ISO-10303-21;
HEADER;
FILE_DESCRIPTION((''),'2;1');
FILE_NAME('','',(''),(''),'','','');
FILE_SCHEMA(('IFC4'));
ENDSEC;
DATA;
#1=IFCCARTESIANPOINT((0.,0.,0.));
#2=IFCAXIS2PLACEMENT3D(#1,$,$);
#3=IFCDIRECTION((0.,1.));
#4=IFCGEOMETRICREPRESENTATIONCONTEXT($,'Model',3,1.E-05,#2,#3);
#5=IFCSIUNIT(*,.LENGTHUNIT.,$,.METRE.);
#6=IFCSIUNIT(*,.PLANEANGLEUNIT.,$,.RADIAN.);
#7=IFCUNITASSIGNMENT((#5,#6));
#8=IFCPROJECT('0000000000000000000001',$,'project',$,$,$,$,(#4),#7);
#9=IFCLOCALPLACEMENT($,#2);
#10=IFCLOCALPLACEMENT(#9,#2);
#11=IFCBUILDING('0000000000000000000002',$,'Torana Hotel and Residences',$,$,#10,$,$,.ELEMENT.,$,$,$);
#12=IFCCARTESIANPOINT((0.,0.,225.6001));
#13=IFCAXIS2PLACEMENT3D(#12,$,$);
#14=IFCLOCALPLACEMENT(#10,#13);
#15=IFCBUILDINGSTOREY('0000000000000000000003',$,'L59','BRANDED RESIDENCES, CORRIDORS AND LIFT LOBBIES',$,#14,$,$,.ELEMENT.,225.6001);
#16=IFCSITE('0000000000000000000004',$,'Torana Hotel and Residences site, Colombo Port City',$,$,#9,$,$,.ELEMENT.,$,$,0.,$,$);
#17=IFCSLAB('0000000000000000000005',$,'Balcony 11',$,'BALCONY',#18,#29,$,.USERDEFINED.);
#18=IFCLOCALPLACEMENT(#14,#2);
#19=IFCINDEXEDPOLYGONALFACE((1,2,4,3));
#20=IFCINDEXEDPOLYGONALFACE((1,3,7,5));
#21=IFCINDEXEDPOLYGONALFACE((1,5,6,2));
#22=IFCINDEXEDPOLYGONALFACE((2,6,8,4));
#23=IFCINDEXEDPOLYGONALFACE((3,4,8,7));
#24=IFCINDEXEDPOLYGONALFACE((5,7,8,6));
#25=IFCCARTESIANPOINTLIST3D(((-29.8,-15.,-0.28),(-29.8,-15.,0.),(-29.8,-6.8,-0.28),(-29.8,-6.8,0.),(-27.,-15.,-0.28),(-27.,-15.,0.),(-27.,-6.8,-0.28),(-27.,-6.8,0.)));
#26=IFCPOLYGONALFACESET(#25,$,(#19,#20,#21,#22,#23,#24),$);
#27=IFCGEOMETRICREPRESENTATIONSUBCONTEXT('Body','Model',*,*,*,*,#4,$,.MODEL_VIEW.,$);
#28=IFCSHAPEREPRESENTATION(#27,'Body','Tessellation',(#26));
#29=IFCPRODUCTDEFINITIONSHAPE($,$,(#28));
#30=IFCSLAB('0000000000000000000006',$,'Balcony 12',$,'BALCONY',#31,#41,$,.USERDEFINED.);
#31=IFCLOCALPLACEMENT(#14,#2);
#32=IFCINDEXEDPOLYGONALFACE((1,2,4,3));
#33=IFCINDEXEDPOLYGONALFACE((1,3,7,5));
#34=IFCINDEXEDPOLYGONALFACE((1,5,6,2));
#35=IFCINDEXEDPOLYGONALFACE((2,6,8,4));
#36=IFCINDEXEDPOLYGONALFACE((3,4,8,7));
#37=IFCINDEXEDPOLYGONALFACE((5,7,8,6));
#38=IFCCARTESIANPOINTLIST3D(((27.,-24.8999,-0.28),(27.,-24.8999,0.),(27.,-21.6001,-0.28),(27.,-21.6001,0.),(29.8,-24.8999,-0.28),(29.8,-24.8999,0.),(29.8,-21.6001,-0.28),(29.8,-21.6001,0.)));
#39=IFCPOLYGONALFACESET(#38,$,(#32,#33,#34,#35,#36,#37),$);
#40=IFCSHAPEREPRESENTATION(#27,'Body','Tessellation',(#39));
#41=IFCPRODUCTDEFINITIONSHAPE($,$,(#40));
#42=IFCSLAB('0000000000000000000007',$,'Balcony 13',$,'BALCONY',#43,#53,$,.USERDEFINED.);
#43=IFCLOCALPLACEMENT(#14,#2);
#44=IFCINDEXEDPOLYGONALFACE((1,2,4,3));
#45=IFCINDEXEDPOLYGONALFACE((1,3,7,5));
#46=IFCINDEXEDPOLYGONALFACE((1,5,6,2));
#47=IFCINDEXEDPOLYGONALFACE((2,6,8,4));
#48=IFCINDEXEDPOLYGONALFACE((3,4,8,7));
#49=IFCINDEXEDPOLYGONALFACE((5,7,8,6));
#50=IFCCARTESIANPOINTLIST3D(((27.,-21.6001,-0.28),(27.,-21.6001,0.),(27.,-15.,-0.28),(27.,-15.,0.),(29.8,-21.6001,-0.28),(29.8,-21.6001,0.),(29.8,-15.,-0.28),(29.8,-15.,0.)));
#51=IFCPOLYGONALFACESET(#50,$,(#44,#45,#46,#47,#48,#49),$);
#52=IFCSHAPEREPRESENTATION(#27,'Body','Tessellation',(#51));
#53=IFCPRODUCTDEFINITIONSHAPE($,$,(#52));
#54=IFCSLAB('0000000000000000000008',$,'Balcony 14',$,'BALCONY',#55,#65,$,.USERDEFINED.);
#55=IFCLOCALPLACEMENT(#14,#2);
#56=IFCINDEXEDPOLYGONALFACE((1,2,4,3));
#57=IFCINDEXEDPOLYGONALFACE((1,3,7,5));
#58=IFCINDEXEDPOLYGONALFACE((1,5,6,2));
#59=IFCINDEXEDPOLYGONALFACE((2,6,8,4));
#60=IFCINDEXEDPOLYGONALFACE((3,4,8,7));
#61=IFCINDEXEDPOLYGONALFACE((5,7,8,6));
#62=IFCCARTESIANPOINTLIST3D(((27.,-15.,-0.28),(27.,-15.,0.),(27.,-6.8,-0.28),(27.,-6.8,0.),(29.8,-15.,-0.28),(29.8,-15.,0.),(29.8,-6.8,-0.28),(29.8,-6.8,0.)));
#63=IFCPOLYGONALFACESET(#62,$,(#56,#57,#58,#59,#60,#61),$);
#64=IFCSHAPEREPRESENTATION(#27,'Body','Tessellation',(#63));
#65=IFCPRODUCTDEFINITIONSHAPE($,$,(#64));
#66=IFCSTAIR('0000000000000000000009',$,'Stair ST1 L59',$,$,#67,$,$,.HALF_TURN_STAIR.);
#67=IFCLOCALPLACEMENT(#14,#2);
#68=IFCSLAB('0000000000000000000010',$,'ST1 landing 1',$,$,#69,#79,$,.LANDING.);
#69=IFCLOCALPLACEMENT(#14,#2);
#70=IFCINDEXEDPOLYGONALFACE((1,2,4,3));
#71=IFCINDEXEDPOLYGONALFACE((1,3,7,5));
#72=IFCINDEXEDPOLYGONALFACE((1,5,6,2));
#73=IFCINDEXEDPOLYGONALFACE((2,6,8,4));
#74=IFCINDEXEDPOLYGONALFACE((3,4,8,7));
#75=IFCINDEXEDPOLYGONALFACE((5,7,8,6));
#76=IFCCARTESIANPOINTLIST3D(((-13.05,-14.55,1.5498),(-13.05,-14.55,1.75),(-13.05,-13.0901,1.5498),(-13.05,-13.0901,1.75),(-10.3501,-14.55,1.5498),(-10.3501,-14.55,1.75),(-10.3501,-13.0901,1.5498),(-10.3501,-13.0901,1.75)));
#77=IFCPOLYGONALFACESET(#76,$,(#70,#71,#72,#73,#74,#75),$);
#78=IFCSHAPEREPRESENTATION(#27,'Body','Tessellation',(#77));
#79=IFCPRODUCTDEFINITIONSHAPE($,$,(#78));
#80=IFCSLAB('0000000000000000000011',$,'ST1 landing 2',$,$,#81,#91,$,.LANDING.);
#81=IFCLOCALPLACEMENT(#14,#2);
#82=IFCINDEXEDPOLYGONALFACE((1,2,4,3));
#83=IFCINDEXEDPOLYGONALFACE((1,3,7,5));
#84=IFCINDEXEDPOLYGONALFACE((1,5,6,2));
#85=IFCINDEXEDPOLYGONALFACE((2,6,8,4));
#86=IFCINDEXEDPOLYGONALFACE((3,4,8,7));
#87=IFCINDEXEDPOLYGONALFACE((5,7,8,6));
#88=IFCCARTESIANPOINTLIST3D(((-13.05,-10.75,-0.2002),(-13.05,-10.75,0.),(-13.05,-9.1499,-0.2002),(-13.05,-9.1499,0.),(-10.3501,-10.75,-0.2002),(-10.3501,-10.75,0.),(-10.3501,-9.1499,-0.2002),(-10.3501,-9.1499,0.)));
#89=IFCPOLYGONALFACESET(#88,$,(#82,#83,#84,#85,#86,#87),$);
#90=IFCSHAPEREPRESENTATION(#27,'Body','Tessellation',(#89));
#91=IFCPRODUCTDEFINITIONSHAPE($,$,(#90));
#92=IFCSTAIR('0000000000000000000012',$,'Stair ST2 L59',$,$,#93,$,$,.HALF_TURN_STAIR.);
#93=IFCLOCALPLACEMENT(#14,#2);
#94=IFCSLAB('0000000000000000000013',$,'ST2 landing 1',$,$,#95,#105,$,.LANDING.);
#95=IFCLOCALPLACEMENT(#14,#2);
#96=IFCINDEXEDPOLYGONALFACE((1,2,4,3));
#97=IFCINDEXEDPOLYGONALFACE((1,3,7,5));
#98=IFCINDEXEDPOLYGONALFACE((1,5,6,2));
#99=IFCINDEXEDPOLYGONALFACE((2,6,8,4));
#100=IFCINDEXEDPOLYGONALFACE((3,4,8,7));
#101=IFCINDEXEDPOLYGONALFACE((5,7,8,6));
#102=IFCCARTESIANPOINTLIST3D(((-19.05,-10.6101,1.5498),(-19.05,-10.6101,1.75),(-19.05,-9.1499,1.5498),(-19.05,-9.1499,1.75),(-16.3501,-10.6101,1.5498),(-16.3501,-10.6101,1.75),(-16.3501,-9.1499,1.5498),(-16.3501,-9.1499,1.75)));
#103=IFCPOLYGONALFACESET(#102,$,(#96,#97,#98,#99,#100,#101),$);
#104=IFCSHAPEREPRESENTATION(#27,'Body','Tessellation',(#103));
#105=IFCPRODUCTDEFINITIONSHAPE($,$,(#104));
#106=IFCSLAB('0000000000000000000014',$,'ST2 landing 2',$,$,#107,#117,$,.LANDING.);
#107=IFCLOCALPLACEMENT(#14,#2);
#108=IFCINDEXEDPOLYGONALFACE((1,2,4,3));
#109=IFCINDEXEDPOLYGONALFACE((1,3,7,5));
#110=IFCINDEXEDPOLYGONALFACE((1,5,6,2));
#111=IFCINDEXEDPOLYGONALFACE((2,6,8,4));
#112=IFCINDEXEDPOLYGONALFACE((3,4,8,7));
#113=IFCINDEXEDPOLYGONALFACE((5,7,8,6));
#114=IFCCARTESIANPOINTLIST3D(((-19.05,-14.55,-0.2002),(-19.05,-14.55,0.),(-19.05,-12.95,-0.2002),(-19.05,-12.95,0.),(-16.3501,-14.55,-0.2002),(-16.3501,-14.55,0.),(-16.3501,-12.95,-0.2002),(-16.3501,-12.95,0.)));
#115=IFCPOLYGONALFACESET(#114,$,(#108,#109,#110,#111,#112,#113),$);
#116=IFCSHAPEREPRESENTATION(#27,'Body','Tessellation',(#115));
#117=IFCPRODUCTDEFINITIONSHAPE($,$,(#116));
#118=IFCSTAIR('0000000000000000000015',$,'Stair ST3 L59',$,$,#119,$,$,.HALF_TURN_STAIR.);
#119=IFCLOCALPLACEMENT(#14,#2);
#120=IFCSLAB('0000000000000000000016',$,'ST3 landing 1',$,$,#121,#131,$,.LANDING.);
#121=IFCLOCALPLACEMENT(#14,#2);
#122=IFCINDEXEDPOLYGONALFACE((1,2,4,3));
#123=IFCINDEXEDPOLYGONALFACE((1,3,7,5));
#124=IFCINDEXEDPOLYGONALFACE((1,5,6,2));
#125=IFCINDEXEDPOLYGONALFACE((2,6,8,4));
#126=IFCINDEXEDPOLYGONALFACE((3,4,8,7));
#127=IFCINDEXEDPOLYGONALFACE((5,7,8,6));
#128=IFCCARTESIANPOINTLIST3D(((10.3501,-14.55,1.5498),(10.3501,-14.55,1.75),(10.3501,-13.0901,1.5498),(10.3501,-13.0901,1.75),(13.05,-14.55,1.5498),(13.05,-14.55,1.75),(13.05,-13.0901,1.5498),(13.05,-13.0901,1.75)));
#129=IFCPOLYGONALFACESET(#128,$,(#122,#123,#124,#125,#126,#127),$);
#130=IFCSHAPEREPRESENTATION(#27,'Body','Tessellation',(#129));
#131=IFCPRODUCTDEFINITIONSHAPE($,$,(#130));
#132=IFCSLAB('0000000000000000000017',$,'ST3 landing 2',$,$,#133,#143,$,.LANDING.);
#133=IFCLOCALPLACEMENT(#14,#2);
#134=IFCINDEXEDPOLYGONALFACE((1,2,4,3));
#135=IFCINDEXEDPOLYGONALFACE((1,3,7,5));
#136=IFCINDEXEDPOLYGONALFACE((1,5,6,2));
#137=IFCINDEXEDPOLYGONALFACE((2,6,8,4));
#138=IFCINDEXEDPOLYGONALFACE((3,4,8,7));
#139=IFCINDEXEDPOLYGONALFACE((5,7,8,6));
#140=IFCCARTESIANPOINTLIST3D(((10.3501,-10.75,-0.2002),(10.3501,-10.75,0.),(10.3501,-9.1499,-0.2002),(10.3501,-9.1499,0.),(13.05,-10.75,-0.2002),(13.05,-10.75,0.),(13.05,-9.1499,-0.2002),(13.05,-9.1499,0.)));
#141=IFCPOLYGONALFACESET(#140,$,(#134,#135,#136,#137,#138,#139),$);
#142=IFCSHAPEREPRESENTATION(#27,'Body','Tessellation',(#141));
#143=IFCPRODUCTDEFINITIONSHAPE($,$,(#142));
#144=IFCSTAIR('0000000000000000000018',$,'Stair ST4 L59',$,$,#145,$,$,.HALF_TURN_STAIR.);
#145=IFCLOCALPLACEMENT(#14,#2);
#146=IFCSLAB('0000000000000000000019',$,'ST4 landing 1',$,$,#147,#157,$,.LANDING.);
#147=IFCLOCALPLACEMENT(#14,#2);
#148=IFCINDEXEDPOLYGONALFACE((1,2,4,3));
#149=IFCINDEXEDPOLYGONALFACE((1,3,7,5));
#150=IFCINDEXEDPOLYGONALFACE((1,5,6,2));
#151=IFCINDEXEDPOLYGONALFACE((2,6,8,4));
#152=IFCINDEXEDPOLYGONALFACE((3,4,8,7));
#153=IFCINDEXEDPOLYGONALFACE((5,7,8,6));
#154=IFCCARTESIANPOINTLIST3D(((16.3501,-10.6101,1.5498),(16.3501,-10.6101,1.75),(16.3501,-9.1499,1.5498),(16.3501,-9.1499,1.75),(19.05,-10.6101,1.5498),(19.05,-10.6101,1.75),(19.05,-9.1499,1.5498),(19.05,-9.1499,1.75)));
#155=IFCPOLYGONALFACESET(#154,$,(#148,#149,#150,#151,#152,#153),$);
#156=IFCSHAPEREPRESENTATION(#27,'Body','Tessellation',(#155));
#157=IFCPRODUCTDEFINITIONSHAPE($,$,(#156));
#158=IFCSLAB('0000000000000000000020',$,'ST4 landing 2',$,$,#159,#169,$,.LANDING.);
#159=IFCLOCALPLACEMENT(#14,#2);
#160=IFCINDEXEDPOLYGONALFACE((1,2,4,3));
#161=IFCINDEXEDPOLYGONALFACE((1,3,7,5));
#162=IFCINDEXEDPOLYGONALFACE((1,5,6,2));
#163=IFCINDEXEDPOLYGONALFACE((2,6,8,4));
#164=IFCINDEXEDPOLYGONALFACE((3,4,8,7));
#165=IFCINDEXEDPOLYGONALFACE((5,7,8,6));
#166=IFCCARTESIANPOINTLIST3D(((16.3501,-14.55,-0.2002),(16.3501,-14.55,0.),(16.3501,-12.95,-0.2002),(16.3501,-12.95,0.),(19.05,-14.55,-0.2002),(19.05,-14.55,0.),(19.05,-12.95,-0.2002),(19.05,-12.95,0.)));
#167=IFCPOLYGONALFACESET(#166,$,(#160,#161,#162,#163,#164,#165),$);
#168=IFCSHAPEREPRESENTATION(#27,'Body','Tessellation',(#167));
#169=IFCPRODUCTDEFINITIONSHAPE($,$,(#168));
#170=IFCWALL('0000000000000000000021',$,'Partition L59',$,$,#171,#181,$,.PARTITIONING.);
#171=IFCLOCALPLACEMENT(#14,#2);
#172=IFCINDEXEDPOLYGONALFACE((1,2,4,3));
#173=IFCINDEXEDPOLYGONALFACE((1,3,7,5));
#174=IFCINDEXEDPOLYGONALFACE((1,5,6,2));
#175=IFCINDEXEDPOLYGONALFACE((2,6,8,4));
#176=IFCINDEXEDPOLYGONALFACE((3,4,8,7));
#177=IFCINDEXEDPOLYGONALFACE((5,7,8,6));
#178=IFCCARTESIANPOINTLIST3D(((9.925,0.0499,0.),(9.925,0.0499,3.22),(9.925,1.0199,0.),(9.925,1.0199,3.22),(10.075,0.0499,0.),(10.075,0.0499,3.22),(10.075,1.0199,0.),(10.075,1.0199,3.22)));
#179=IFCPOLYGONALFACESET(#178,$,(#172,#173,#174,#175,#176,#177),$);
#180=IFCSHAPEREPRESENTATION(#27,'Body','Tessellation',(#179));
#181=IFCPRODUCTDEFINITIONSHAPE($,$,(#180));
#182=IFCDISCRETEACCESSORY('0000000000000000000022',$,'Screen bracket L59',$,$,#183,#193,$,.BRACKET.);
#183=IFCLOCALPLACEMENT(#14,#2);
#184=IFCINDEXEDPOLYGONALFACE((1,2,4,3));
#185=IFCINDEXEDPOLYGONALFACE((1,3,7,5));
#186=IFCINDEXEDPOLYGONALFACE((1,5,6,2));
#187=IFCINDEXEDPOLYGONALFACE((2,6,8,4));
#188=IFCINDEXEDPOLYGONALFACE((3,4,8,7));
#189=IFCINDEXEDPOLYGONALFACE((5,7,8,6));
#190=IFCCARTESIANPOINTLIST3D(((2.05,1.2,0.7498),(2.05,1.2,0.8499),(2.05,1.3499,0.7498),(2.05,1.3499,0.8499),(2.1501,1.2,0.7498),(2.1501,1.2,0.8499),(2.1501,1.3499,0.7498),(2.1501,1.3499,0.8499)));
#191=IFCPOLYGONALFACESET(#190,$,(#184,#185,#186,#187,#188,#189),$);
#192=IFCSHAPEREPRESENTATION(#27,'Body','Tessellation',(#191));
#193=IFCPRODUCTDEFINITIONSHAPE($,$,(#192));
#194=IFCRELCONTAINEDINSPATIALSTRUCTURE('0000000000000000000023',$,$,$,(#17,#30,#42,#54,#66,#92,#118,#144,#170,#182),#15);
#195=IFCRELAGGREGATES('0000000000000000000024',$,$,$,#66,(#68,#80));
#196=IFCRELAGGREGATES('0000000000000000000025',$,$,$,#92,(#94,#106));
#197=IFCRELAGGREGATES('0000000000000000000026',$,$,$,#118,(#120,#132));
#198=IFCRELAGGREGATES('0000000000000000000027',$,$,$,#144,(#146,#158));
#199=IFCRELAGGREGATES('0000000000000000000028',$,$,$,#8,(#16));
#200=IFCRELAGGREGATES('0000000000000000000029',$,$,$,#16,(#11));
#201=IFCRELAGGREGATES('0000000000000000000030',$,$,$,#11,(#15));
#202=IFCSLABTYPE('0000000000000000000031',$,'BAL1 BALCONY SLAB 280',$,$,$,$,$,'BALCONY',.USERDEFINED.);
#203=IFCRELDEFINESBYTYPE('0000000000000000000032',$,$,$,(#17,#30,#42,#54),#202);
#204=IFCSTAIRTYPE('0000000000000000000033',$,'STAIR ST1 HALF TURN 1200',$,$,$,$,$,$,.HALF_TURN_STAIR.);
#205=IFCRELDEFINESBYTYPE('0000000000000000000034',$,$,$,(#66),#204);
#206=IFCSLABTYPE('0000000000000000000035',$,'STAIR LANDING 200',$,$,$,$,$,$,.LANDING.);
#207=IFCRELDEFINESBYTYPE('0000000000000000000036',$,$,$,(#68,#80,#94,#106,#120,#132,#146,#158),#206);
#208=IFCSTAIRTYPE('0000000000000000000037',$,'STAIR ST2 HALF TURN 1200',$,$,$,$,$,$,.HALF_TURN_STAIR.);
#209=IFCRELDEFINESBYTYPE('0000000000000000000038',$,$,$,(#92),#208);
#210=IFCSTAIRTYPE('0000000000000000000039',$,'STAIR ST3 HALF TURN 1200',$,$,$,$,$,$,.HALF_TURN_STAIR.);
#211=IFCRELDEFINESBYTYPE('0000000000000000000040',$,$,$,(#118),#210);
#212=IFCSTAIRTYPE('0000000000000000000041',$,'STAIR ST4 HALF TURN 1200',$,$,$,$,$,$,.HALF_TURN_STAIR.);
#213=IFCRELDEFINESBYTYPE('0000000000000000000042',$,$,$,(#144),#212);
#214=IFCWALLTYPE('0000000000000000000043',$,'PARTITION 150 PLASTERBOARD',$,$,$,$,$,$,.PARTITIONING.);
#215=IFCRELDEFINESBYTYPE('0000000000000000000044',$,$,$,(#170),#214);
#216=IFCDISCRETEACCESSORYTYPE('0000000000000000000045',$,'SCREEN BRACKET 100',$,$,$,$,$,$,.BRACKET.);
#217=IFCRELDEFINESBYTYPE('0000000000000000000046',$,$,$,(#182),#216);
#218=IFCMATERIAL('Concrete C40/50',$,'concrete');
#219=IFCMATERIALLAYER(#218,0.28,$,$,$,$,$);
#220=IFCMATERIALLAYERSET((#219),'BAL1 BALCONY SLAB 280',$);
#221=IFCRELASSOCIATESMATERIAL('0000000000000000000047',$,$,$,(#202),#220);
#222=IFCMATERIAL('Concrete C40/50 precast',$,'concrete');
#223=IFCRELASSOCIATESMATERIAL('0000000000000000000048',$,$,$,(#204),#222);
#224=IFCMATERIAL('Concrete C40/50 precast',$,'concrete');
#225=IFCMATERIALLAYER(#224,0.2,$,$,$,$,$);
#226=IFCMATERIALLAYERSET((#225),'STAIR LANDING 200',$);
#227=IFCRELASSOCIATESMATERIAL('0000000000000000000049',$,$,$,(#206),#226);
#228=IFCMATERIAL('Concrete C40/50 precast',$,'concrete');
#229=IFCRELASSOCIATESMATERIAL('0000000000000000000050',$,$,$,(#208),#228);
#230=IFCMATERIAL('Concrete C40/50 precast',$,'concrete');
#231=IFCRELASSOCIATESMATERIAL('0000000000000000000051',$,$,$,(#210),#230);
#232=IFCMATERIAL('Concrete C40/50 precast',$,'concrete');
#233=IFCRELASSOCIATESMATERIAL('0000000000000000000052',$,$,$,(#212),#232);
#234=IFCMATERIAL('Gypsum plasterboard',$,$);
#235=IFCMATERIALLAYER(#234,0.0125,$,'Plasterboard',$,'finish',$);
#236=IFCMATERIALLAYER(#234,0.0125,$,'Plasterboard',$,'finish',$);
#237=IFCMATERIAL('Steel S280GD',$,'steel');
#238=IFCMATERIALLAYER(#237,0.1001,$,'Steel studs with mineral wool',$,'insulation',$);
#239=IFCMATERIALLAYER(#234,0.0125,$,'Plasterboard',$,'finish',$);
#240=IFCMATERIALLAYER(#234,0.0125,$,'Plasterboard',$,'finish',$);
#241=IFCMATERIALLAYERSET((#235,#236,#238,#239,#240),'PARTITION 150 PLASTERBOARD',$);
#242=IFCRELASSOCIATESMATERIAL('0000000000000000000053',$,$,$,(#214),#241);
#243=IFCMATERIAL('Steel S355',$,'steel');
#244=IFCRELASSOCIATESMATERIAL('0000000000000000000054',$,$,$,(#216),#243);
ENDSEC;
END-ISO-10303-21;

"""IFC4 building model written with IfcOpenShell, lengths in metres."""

from ifc_helpers import new_model, si_unit, direction, frame, frame_2d, origin, origin_2d, place, context, subcontext, project, spatial, polyline, rectangle, outline, extrude, material, layer, layer_set, type_object, element, aggregate, save


model = new_model("IFC4")

# Units and contexts
model_context = context("Model", 3, precision=1e-05, world=origin(), true_north=direction((0.0, 1.0)))
body_context = subcontext(model_context, "Body", "Model", "MODEL_VIEW")
ifc_project = project(units=[si_unit("LENGTHUNIT", "METRE"), si_unit("PLANEANGLEUNIT", "RADIAN")], contexts=[model_context])

# Site, building, storey
site_placement = place(None, origin())
site = spatial("IfcSite", under=ifc_project, at=site_placement, Name="Torana Hotel and Residences site, Colombo Port City", CompositionType="ELEMENT", RefElevation=0.0)
building_placement = place(site_placement, origin())
building = spatial("IfcBuilding", under=site, at=building_placement, Name="Torana Hotel and Residences", CompositionType="ELEMENT")
storey_placement = place(building_placement, frame((0.0, 0.0, 225.6001)))
storey = spatial("IfcBuildingStorey", under=building, at=storey_placement, Name="L59", Description="BRANDED RESIDENCES, CORRIDORS AND LIFT LOBBIES", CompositionType="ELEMENT", Elevation=225.6001)

# Slabs
ifc_material_1 = material(Name="Concrete C40/50", Category="concrete")
ifc_layer_1 = layer(ifc_material_1, 0.28)
ifc_layer_set_1 = layer_set([ifc_layer_1], Name="BAL1 BALCONY SLAB 280")
slab_type_1 = type_object("IfcSlabType", Name="BAL1 BALCONY SLAB 280", ElementType="BALCONY", PredefinedType="USERDEFINED", material=ifc_layer_set_1)
slab_1_placement = place(storey_placement, frame((0.0, 0.0, -0.28)))
element("IfcSlab", 1, at=slab_1_placement, inside=storey, type_object=slab_type_1, Name="Balcony 11", ObjectType="BALCONY", PredefinedType="USERDEFINED", context=body_context, shape_type="SweptSolid", body=[
    extrude(outline(polyline([(-29.8, -15.0), (-27.0, -15.0), (-27.0, -6.8), (-29.8, -6.8), (-29.8, -15.0)])), origin(), (0.0, 0.0, 1.0), 0.28),
])
slab_2_placement = place(storey_placement, frame((0.0, 0.0, -0.28)))
element("IfcSlab", 2, at=slab_2_placement, inside=storey, type_object=slab_type_1, Name="Balcony 12", ObjectType="BALCONY", PredefinedType="USERDEFINED", context=body_context, shape_type="SweptSolid", body=[
    extrude(outline(polyline([(27.0, -24.8999), (29.8, -24.8999), (29.8, -21.6001), (27.0, -21.6001), (27.0, -24.8999)])), origin(), (0.0, 0.0, 1.0), 0.28),
])
slab_3_placement = place(storey_placement, frame((0.0, 0.0, -0.28)))
element("IfcSlab", 3, at=slab_3_placement, inside=storey, type_object=slab_type_1, Name="Balcony 13", ObjectType="BALCONY", PredefinedType="USERDEFINED", context=body_context, shape_type="SweptSolid", body=[
    extrude(outline(polyline([(27.0, -21.6001), (29.8, -21.6001), (29.8, -15.0), (27.0, -15.0), (27.0, -21.6001)])), origin(), (0.0, 0.0, 1.0), 0.28),
])
slab_4_placement = place(storey_placement, frame((0.0, 0.0, -0.28)))
element("IfcSlab", 4, at=slab_4_placement, inside=storey, type_object=slab_type_1, Name="Balcony 14", ObjectType="BALCONY", PredefinedType="USERDEFINED", context=body_context, shape_type="SweptSolid", body=[
    extrude(outline(polyline([(27.0, -15.0), (29.8, -15.0), (29.8, -6.8), (27.0, -6.8), (27.0, -15.0)])), origin(), (0.0, 0.0, 1.0), 0.28),
])

# Stairs, slabs
ifc_material_2 = material(Name="Concrete C40/50 precast", Category="concrete")
stair_type_1 = type_object("IfcStairType", Name="STAIR ST1 HALF TURN 1200", PredefinedType="HALF_TURN_STAIR", material=ifc_material_2)
stair_1_placement = place(storey_placement, origin())
stair_1 = element("IfcStair", 5, at=stair_1_placement, inside=storey, type_object=stair_type_1, Name="Stair ST1 L59", PredefinedType="HALF_TURN_STAIR")
ifc_material_3 = material(Name="Concrete C40/50 precast", Category="concrete")
ifc_layer_2 = layer(ifc_material_3, 0.2)
ifc_layer_set_2 = layer_set([ifc_layer_2], Name="STAIR LANDING 200")
slab_type_2 = type_object("IfcSlabType", Name="STAIR LANDING 200", PredefinedType="LANDING", material=ifc_layer_set_2)
slab_5_placement = place(storey_placement, frame((0.0, 0.0, 1.5498)))
slab_5 = element("IfcSlab", 6, at=slab_5_placement, type_object=slab_type_2, Name="ST1 landing 1", PredefinedType="LANDING", context=body_context, shape_type="SweptSolid", body=[
    extrude(outline(polyline([(-13.05, -14.55), (-10.3501, -14.55), (-10.3501, -13.0901), (-13.05, -13.0901), (-13.05, -14.55)])), origin(), (0.0, 0.0, 1.0), 0.2002),
])
slab_6_placement = place(storey_placement, frame((0.0, 0.0, -0.2002)))
slab_6 = element("IfcSlab", 7, at=slab_6_placement, type_object=slab_type_2, Name="ST1 landing 2", PredefinedType="LANDING", context=body_context, shape_type="SweptSolid", body=[
    extrude(outline(polyline([(-13.05, -10.75), (-10.3501, -10.75), (-10.3501, -9.1499), (-13.05, -9.1499), (-13.05, -10.75)])), origin(), (0.0, 0.0, 1.0), 0.2002),
])
aggregate(stair_1, [slab_5, slab_6])
ifc_material_4 = material(Name="Concrete C40/50 precast", Category="concrete")
stair_type_2 = type_object("IfcStairType", Name="STAIR ST2 HALF TURN 1200", PredefinedType="HALF_TURN_STAIR", material=ifc_material_4)
stair_2_placement = place(storey_placement, origin())
stair_2 = element("IfcStair", 8, at=stair_2_placement, inside=storey, type_object=stair_type_2, Name="Stair ST2 L59", PredefinedType="HALF_TURN_STAIR")
slab_7_placement = place(storey_placement, frame((0.0, 0.0, 1.5498)))
slab_7 = element("IfcSlab", 9, at=slab_7_placement, type_object=slab_type_2, Name="ST2 landing 1", PredefinedType="LANDING", context=body_context, shape_type="SweptSolid", body=[
    extrude(outline(polyline([(-19.05, -10.6101), (-16.3501, -10.6101), (-16.3501, -9.1499), (-19.05, -9.1499), (-19.05, -10.6101)])), origin(), (0.0, 0.0, 1.0), 0.2002),
])
slab_8_placement = place(storey_placement, frame((0.0, 0.0, -0.2002)))
slab_8 = element("IfcSlab", 10, at=slab_8_placement, type_object=slab_type_2, Name="ST2 landing 2", PredefinedType="LANDING", context=body_context, shape_type="SweptSolid", body=[
    extrude(outline(polyline([(-19.05, -14.55), (-16.3501, -14.55), (-16.3501, -12.95), (-19.05, -12.95), (-19.05, -14.55)])), origin(), (0.0, 0.0, 1.0), 0.2002),
])
aggregate(stair_2, [slab_7, slab_8])
ifc_material_5 = material(Name="Concrete C40/50 precast", Category="concrete")
stair_type_3 = type_object("IfcStairType", Name="STAIR ST3 HALF TURN 1200", PredefinedType="HALF_TURN_STAIR", material=ifc_material_5)
stair_3_placement = place(storey_placement, origin())
stair_3 = element("IfcStair", 11, at=stair_3_placement, inside=storey, type_object=stair_type_3, Name="Stair ST3 L59", PredefinedType="HALF_TURN_STAIR")
slab_9_placement = place(storey_placement, frame((0.0, 0.0, 1.5498)))
slab_9 = element("IfcSlab", 12, at=slab_9_placement, type_object=slab_type_2, Name="ST3 landing 1", PredefinedType="LANDING", context=body_context, shape_type="SweptSolid", body=[
    extrude(outline(polyline([(10.3501, -14.55), (13.05, -14.55), (13.05, -13.0901), (10.3501, -13.0901), (10.3501, -14.55)])), origin(), (0.0, 0.0, 1.0), 0.2002),
])
slab_10_placement = place(storey_placement, frame((0.0, 0.0, -0.2002)))
slab_10 = element("IfcSlab", 13, at=slab_10_placement, type_object=slab_type_2, Name="ST3 landing 2", PredefinedType="LANDING", context=body_context, shape_type="SweptSolid", body=[
    extrude(outline(polyline([(10.3501, -10.75), (13.05, -10.75), (13.05, -9.1499), (10.3501, -9.1499), (10.3501, -10.75)])), origin(), (0.0, 0.0, 1.0), 0.2002),
])
aggregate(stair_3, [slab_9, slab_10])
ifc_material_6 = material(Name="Concrete C40/50 precast", Category="concrete")
stair_type_4 = type_object("IfcStairType", Name="STAIR ST4 HALF TURN 1200", PredefinedType="HALF_TURN_STAIR", material=ifc_material_6)
stair_4_placement = place(storey_placement, origin())
stair_4 = element("IfcStair", 14, at=stair_4_placement, inside=storey, type_object=stair_type_4, Name="Stair ST4 L59", PredefinedType="HALF_TURN_STAIR")
slab_11_placement = place(storey_placement, frame((0.0, 0.0, 1.5498)))
slab_11 = element("IfcSlab", 15, at=slab_11_placement, type_object=slab_type_2, Name="ST4 landing 1", PredefinedType="LANDING", context=body_context, shape_type="SweptSolid", body=[
    extrude(outline(polyline([(16.3501, -10.6101), (19.05, -10.6101), (19.05, -9.1499), (16.3501, -9.1499), (16.3501, -10.6101)])), origin(), (0.0, 0.0, 1.0), 0.2002),
])
slab_12_placement = place(storey_placement, frame((0.0, 0.0, -0.2002)))
slab_12 = element("IfcSlab", 16, at=slab_12_placement, type_object=slab_type_2, Name="ST4 landing 2", PredefinedType="LANDING", context=body_context, shape_type="SweptSolid", body=[
    extrude(outline(polyline([(16.3501, -14.55), (19.05, -14.55), (19.05, -12.95), (16.3501, -12.95), (16.3501, -14.55)])), origin(), (0.0, 0.0, 1.0), 0.2002),
])
aggregate(stair_4, [slab_11, slab_12])

# Wall
ifc_material_7 = material(Name="Gypsum plasterboard")
ifc_layer_3 = layer(ifc_material_7, 0.0125, Name="Plasterboard", Category="finish")
ifc_layer_4 = layer(ifc_material_7, 0.0125, Name="Plasterboard", Category="finish")
ifc_material_8 = material(Name="Steel S280GD", Category="steel")
ifc_layer_5 = layer(ifc_material_8, 0.1001, Name="Steel studs with mineral wool", Category="insulation")
ifc_layer_6 = layer(ifc_material_7, 0.0125, Name="Plasterboard", Category="finish")
ifc_layer_7 = layer(ifc_material_7, 0.0125, Name="Plasterboard", Category="finish")
ifc_layer_set_3 = layer_set([ifc_layer_3, ifc_layer_4, ifc_layer_5, ifc_layer_6, ifc_layer_7], Name="PARTITION 150 PLASTERBOARD")
wall_type = type_object("IfcWallType", Name="PARTITION 150 PLASTERBOARD", PredefinedType="PARTITIONING", material=ifc_layer_set_3)
wall_placement = place(storey_placement, frame((10.0, 0.05, 0.0), z_axis=(0.0, 0.0, 1.0), x_axis=(0.0, 1.0, 0.0)))
element("IfcWall", 17, at=wall_placement, inside=storey, type_object=wall_type, Name="Partition L59", PredefinedType="PARTITIONING", context=body_context, shape_type="SweptSolid", body=[
    extrude(rectangle(XDim=0.97, YDim=0.1499, at=frame_2d((0.4849, 0.0))), origin(), (0.0, 0.0, 1.0), 3.22),
])

# Discrete accessory
ifc_material_9 = material(Name="Steel S355", Category="steel")
discrete_accessory_type = type_object("IfcDiscreteAccessoryType", Name="SCREEN BRACKET 100", PredefinedType="BRACKET", material=ifc_material_9)
for number, where, z_axis, x_axis, name in (
    (18, (2.1001, 1.2749, 0.7498), (0.0, 0.0, 1.0), (-1.0, 0.0, 0.0), "Screen bracket L59"),
):
    element("IfcDiscreteAccessory", number, at=place(storey_placement, frame(where, z_axis=z_axis, x_axis=x_axis)), inside=storey, type_object=discrete_accessory_type, Name=name, PredefinedType="BRACKET", context=body_context, shape_type="SweptSolid", body=[
        extrude(rectangle(XDim=0.1001, YDim=0.1499, at=origin_2d()), origin(), (0.0, 0.0, 1.0), 0.1001),
    ])

save(model, "model.ifc")
